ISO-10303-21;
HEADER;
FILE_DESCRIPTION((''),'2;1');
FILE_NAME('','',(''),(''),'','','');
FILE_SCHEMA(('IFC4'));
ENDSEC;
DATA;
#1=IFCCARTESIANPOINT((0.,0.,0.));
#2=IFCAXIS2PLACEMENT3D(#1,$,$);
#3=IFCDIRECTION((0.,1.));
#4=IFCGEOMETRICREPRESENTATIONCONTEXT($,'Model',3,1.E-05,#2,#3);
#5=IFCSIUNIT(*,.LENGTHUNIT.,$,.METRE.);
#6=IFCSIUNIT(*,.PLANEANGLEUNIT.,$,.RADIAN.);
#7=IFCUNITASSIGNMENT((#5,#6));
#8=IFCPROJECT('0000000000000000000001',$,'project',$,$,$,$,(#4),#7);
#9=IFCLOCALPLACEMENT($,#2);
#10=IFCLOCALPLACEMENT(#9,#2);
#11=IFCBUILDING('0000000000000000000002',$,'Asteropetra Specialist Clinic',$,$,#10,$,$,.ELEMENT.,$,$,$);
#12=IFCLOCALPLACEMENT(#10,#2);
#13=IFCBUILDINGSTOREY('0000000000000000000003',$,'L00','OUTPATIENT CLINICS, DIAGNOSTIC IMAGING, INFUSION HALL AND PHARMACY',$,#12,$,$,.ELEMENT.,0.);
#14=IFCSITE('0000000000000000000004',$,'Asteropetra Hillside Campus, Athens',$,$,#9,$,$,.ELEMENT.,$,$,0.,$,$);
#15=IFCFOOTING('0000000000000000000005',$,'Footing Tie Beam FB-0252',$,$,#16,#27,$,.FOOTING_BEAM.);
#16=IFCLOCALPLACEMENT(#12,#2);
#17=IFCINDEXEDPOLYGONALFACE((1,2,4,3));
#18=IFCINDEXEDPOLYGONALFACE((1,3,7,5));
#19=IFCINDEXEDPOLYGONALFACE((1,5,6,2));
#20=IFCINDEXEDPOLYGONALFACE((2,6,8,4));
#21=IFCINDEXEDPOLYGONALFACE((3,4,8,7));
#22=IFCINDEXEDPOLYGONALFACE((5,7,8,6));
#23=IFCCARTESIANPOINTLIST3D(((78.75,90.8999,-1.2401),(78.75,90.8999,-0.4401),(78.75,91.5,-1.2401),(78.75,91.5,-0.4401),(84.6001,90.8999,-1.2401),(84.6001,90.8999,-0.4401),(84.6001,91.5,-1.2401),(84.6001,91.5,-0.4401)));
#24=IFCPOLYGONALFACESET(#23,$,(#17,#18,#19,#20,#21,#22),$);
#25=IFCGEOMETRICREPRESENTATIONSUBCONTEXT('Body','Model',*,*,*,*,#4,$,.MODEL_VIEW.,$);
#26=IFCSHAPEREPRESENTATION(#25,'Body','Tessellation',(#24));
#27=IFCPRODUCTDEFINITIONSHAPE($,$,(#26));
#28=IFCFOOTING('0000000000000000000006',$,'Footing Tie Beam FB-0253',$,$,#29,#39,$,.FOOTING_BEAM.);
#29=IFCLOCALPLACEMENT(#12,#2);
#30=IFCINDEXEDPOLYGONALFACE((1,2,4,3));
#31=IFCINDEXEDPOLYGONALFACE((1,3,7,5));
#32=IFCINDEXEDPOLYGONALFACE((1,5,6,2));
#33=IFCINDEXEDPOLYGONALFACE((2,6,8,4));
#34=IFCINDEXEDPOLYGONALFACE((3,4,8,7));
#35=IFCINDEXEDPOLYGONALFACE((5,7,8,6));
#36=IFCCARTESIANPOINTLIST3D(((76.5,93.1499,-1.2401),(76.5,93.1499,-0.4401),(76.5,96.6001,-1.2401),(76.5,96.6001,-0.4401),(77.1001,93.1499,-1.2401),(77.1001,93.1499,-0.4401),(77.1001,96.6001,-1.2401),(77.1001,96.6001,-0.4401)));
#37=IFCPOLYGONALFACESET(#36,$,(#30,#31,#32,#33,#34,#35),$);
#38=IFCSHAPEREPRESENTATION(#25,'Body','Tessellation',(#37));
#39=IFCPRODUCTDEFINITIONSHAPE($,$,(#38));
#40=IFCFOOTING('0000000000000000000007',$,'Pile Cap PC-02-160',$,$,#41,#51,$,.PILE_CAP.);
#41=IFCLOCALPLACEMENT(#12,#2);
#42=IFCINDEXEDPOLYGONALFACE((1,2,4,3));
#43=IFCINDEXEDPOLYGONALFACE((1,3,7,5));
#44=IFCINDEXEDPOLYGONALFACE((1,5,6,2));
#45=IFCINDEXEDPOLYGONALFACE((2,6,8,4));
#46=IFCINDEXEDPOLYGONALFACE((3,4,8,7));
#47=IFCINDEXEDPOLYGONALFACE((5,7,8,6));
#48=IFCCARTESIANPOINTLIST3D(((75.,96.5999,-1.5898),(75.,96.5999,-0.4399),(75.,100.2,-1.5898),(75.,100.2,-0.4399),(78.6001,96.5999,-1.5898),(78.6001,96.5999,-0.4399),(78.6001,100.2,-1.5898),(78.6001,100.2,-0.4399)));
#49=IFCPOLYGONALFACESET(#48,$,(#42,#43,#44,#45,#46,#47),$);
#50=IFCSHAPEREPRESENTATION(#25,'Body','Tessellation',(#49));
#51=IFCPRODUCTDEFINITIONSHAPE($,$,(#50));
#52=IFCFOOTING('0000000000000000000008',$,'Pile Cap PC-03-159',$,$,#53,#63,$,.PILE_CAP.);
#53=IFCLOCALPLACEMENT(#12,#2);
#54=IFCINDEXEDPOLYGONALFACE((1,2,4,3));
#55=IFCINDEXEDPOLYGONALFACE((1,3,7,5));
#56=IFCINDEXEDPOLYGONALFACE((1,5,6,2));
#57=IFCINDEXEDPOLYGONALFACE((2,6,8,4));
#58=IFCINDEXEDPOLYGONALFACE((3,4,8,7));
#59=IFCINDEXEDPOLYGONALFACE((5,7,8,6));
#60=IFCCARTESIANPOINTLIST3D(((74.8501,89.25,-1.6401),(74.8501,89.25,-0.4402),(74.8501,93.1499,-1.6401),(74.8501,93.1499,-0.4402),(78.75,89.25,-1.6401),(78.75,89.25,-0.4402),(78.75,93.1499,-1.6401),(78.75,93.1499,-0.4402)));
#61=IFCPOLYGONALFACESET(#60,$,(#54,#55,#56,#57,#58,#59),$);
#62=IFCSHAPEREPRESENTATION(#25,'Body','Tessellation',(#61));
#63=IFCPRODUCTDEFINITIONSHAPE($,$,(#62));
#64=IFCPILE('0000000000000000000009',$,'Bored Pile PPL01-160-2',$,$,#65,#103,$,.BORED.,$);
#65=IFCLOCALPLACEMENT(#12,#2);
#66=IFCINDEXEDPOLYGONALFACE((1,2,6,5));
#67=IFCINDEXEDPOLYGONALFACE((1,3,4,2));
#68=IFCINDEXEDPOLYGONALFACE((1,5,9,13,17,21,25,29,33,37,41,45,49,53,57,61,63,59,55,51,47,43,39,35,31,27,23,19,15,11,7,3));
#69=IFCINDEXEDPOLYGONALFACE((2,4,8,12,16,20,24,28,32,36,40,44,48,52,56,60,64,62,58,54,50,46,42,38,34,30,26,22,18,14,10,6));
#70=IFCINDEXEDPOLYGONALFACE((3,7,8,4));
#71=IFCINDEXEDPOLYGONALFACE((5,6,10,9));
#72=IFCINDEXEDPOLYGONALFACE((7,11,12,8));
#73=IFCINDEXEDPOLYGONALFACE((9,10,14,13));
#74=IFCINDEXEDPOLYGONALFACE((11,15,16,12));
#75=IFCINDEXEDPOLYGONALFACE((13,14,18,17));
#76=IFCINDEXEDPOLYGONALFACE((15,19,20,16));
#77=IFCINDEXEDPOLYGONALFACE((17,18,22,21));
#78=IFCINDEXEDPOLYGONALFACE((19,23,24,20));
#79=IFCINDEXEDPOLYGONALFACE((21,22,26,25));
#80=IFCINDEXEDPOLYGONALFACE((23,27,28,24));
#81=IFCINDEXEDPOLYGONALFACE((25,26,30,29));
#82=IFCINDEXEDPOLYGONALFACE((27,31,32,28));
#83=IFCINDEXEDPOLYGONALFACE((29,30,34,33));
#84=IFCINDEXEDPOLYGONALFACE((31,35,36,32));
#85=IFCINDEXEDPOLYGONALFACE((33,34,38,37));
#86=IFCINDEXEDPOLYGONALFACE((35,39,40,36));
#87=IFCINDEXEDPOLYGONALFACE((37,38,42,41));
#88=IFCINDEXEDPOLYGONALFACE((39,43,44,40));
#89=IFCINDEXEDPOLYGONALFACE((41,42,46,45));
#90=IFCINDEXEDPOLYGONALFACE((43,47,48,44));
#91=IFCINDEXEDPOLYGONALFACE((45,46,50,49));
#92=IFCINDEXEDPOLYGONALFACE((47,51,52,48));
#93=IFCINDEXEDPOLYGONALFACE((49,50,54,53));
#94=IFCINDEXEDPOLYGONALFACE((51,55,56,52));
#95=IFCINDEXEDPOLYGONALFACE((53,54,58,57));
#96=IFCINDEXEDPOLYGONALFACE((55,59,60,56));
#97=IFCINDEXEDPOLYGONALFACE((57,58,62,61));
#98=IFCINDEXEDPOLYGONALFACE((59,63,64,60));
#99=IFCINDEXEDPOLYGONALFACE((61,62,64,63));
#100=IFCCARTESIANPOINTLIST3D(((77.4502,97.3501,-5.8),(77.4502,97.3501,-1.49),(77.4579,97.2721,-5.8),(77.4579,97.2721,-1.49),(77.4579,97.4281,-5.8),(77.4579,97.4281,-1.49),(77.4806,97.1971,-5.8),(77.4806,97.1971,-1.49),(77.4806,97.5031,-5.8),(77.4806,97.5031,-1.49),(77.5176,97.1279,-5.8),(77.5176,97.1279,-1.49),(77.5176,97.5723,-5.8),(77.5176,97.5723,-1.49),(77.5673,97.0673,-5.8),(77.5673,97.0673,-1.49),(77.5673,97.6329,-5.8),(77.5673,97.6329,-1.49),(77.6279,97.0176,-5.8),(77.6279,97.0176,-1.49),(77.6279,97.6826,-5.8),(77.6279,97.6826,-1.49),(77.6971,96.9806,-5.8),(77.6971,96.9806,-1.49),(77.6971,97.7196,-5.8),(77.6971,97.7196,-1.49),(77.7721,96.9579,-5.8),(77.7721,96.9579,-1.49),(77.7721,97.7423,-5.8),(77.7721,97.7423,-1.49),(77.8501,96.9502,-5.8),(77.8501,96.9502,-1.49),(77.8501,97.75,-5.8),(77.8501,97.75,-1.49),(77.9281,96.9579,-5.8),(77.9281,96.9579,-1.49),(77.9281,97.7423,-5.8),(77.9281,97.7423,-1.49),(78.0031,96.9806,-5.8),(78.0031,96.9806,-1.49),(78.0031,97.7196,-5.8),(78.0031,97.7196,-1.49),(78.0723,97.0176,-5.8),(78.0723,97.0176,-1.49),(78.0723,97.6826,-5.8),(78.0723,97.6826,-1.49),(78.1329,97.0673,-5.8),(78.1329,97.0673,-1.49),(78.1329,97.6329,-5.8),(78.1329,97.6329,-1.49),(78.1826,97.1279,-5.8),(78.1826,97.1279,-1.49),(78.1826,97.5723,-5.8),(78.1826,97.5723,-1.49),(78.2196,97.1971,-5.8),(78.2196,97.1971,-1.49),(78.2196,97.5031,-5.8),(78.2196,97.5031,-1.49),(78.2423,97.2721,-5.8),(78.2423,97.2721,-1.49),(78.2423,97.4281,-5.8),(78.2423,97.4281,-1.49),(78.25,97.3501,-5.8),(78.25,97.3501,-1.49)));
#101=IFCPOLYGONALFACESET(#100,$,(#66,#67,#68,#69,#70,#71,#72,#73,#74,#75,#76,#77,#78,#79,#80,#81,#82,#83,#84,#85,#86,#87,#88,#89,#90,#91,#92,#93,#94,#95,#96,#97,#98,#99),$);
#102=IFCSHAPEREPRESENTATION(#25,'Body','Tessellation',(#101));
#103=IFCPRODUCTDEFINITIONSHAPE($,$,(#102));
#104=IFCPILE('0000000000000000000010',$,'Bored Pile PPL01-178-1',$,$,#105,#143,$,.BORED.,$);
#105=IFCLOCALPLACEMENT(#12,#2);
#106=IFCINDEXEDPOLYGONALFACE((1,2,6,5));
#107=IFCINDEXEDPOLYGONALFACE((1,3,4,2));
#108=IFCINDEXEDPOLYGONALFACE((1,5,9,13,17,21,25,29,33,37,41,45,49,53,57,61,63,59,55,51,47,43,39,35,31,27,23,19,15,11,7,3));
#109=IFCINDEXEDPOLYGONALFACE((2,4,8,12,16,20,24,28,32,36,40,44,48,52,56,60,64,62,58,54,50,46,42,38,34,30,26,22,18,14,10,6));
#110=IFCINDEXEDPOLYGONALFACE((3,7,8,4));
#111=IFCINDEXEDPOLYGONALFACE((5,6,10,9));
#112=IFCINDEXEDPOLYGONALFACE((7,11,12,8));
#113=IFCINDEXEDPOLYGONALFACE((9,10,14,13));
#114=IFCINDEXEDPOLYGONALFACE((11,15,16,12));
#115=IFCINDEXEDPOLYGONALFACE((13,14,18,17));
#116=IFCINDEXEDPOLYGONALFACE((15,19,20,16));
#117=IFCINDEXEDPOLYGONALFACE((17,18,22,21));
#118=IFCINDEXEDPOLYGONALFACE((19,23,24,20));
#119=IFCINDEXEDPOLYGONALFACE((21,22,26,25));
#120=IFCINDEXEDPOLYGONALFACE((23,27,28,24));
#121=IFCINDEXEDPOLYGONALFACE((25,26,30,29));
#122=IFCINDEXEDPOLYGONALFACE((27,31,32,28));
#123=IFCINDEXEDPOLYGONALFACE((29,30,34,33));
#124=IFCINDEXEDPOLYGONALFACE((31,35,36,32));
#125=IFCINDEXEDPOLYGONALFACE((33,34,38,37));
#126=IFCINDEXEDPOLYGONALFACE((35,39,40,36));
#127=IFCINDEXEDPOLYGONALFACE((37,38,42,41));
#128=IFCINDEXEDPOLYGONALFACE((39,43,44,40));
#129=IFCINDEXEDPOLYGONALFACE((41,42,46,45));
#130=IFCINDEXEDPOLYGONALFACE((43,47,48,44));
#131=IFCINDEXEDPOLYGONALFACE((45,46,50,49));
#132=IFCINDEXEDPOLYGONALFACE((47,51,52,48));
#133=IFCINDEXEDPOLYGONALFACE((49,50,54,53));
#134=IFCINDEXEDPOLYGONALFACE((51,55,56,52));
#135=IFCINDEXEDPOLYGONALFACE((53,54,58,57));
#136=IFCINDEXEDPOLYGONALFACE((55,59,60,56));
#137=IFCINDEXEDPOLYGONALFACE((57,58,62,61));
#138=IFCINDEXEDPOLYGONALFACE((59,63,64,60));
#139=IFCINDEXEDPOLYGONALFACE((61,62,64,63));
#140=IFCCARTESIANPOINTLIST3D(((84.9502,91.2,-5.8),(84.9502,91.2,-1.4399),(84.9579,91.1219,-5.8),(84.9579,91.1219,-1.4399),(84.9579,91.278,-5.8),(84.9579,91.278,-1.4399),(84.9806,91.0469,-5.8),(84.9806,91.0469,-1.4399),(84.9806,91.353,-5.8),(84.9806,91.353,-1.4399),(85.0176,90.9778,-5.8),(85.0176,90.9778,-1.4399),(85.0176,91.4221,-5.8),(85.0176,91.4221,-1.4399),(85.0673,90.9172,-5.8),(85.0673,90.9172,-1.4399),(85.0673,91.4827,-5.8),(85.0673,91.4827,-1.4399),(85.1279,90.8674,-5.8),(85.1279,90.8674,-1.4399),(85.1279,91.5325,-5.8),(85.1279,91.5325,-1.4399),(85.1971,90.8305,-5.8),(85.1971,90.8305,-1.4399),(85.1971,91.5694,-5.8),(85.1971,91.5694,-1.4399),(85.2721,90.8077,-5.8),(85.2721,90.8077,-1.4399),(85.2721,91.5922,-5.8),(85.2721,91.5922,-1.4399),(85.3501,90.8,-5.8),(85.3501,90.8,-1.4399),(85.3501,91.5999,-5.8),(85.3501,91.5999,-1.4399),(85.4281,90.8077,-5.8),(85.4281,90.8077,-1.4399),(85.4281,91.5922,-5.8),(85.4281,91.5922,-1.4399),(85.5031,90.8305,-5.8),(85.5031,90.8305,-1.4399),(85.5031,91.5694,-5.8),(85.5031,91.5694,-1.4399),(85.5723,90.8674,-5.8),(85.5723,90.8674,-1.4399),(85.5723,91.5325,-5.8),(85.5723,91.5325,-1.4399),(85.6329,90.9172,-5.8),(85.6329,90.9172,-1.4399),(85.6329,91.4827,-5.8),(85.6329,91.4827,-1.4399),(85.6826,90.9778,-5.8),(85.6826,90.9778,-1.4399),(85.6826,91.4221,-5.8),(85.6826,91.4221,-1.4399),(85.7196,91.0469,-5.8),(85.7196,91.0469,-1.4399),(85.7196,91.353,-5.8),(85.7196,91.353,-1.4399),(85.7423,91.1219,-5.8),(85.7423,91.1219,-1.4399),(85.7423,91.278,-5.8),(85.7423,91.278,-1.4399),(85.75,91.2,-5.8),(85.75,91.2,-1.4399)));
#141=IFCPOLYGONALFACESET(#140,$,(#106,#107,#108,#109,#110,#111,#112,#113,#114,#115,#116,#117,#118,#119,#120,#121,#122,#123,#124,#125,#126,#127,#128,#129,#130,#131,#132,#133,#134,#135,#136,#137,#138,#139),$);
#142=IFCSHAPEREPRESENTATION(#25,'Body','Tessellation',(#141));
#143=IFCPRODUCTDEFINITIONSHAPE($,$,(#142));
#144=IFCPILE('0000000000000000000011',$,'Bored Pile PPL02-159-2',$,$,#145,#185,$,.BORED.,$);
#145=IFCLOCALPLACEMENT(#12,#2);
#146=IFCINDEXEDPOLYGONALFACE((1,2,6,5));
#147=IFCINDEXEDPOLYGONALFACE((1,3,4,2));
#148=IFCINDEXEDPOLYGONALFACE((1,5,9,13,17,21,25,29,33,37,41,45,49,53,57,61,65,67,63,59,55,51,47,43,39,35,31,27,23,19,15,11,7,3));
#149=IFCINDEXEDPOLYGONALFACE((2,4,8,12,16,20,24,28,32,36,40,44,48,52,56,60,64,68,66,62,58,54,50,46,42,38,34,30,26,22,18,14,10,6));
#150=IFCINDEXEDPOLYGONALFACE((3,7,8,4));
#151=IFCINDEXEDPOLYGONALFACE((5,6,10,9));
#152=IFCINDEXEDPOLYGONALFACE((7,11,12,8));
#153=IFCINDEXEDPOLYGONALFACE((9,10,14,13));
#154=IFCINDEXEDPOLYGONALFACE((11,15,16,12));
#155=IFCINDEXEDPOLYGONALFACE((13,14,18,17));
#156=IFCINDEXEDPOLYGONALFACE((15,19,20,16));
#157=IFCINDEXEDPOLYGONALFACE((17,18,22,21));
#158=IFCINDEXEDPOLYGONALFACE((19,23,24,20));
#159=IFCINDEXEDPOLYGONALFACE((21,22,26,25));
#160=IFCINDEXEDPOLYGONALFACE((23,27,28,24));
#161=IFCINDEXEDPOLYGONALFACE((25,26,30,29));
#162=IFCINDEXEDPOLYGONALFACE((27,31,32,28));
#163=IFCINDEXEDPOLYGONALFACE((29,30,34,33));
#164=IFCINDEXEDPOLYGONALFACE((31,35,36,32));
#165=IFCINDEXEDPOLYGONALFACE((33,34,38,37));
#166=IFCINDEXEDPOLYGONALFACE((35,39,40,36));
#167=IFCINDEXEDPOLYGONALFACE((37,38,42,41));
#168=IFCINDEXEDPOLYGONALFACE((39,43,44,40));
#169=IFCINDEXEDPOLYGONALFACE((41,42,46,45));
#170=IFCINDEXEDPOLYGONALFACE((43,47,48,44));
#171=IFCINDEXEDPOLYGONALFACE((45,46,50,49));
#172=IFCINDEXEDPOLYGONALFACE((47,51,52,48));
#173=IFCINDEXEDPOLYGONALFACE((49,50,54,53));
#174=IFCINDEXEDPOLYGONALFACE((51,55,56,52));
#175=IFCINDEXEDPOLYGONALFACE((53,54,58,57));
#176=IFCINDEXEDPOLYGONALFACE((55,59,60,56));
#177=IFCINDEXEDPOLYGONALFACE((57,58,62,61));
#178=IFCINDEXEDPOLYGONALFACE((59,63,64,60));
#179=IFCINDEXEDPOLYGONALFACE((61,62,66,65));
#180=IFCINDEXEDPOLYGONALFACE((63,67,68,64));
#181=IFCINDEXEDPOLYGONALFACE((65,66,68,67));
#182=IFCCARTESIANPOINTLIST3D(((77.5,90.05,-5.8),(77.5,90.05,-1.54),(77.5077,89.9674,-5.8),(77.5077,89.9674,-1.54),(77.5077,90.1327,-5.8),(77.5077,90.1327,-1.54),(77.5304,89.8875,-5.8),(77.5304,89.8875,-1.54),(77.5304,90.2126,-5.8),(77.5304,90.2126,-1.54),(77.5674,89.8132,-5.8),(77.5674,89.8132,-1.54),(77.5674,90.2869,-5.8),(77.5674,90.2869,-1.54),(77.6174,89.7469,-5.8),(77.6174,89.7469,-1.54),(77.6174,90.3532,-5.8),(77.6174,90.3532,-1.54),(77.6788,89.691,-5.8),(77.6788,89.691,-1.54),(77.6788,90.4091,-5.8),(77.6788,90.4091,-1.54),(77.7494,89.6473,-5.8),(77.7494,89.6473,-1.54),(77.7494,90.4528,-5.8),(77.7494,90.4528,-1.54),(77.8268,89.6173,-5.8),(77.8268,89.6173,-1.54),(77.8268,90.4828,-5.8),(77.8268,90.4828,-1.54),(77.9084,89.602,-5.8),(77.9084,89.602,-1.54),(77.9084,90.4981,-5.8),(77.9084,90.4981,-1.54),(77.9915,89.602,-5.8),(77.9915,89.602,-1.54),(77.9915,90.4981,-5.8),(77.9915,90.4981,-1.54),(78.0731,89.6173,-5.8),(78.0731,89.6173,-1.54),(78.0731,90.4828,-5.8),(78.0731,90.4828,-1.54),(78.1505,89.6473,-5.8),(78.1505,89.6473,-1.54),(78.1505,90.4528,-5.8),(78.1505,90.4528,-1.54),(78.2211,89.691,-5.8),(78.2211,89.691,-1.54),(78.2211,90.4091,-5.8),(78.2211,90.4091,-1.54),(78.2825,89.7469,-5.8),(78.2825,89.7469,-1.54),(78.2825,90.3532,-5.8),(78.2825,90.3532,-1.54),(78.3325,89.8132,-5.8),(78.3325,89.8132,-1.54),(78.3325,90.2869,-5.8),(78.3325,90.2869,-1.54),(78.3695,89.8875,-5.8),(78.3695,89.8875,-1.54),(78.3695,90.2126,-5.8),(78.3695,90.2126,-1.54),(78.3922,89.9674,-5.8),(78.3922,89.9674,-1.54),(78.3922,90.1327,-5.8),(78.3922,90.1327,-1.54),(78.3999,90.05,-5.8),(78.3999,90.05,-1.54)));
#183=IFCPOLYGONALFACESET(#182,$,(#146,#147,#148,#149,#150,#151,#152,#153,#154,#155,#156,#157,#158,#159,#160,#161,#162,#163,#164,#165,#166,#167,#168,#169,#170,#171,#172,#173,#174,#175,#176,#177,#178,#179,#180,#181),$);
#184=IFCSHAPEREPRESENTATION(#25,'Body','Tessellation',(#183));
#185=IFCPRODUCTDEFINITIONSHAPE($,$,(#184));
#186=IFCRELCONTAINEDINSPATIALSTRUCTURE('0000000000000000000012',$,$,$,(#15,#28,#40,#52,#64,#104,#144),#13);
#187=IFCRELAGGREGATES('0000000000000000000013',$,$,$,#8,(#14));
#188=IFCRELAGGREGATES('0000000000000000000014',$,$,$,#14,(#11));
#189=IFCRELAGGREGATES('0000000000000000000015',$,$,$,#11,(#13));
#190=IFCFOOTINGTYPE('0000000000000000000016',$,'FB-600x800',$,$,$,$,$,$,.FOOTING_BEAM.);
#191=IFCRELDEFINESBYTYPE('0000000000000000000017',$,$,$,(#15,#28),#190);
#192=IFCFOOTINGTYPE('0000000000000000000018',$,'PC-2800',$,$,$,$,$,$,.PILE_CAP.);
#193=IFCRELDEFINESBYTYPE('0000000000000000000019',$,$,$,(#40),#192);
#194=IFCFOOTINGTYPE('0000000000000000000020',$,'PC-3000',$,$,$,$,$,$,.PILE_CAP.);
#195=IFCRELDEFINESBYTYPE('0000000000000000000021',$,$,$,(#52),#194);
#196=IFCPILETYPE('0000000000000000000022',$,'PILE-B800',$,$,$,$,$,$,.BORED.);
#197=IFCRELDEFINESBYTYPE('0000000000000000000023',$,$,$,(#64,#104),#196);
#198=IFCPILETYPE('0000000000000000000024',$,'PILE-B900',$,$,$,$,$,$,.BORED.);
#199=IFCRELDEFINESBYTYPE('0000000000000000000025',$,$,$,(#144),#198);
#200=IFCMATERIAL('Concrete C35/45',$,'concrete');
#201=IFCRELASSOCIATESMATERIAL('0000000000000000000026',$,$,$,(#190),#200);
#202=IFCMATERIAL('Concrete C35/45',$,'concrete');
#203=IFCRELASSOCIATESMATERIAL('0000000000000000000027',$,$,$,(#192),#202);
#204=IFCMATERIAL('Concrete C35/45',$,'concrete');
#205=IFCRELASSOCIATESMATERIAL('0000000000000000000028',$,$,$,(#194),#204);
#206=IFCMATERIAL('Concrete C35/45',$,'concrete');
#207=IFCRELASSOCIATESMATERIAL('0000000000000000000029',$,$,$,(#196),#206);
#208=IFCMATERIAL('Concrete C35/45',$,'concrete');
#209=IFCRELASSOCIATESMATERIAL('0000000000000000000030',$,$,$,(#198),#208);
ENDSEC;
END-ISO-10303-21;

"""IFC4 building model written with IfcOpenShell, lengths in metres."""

from ifc_helpers import new_model, si_unit, direction, frame, origin, origin_2d, place, context, subcontext, project, spatial, rectangle, circle, extrude, material, material_profile, profile_set, type_object, element, save


model = new_model("IFC4")

# Units and contexts
model_context = context("Model", 3, precision=1e-05, world=origin(), true_north=direction((0.0, 1.0)))
body_context = subcontext(model_context, "Body", "Model", "MODEL_VIEW")
ifc_project = project(units=[si_unit("LENGTHUNIT", "METRE"), si_unit("PLANEANGLEUNIT", "RADIAN")], contexts=[model_context])

# Site, building, storey
site_placement = place(None, origin())
site = spatial("IfcSite", under=ifc_project, at=site_placement, Name="Asteropetra Hillside Campus, Athens", CompositionType="ELEMENT", RefElevation=0.0)
building_placement = place(site_placement, origin())
building = spatial("IfcBuilding", under=site, at=building_placement, Name="Asteropetra Specialist Clinic", CompositionType="ELEMENT")
storey_placement = place(building_placement, origin())
storey = spatial("IfcBuildingStorey", under=building, at=storey_placement, Name="L00", Description="OUTPATIENT CLINICS, DIAGNOSTIC IMAGING, INFUSION HALL AND PHARMACY", CompositionType="ELEMENT", Elevation=0.0)

# Footings
ifc_material_1 = material(Name="Concrete C35/45", Category="concrete")
ifc_material_profile_1 = material_profile(ifc_material_1, rectangle(XDim=0.6001, YDim=0.8, at=origin_2d()), Name="FB 600x800")
ifc_profile_set_1 = profile_set([ifc_material_profile_1], Name="Concrete C35/45")
footing_type_1 = type_object("IfcFootingType", Name="FB-600x800", PredefinedType="FOOTING_BEAM", material=ifc_profile_set_1)
footing_1_placement = place(storey_placement, frame((78.75, 91.2, -0.8401), z_axis=(1.0, 0.0, 0.0), x_axis=(0.0, 1.0, 0.0)))
element("IfcFooting", 1, at=footing_1_placement, inside=storey, type_object=footing_type_1, Name="Footing Tie Beam FB-0252", PredefinedType="FOOTING_BEAM", context=body_context, shape_type="SweptSolid", body=[
    extrude(rectangle(XDim=0.6001, YDim=0.8, at=origin_2d()), origin(), (0.0, 0.0, 1.0), 5.8501),
])
footing_2_placement = place(storey_placement, frame((76.8, 93.1499, -0.8401), z_axis=(0.0, 1.0, 0.0), x_axis=(-1.0, 0.0, 0.0)))
element("IfcFooting", 2, at=footing_2_placement, inside=storey, type_object=footing_type_1, Name="Footing Tie Beam FB-0253", PredefinedType="FOOTING_BEAM", context=body_context, shape_type="SweptSolid", body=[
    extrude(rectangle(XDim=0.6001, YDim=0.8, at=origin_2d()), origin(), (0.0, 0.0, 1.0), 3.4502),
])
ifc_material_2 = material(Name="Concrete C35/45", Category="concrete")
footing_type_2 = type_object("IfcFootingType", Name="PC-2800", PredefinedType="PILE_CAP", material=ifc_material_2)
footing_3_placement = place(storey_placement, frame((76.8, 98.3999, -1.5898), z_axis=(0.0, 0.0, 1.0), x_axis=(1.0, 0.0, 0.0)))
element("IfcFooting", 3, at=footing_3_placement, inside=storey, type_object=footing_type_2, Name="Pile Cap PC-02-160", PredefinedType="PILE_CAP", context=body_context, shape_type="SweptSolid", body=[
    extrude(rectangle(XDim=3.6001, YDim=3.6001, at=origin_2d()), origin(), (0.0, 0.0, 1.0), 1.1499),
])
ifc_material_3 = material(Name="Concrete C35/45", Category="concrete")
footing_type_3 = type_object("IfcFootingType", Name="PC-3000", PredefinedType="PILE_CAP", material=ifc_material_3)
footing_4_placement = place(storey_placement, frame((76.8, 91.2, -1.6401), z_axis=(0.0, 0.0, 1.0), x_axis=(1.0, 0.0, 0.0)))
element("IfcFooting", 4, at=footing_4_placement, inside=storey, type_object=footing_type_3, Name="Pile Cap PC-03-159", PredefinedType="PILE_CAP", context=body_context, shape_type="SweptSolid", body=[
    extrude(rectangle(XDim=3.8999, YDim=3.8999, at=origin_2d()), origin(), (0.0, 0.0, 1.0), 1.2),
])

# Piles
ifc_material_4 = material(Name="Concrete C35/45", Category="concrete")
ifc_material_profile_2 = material_profile(ifc_material_4, circle(Radius=0.3999, at=origin_2d()), Name="PILE D800")
ifc_profile_set_2 = profile_set([ifc_material_profile_2], Name="Concrete C35/45")
pile_type_1 = type_object("IfcPileType", Name="PILE-B800", PredefinedType="BORED", material=ifc_profile_set_2)
pile_1_placement = place(storey_placement, frame((77.8501, 97.3501, -1.49), z_axis=(0.0, 0.0, -1.0), x_axis=(1.0, 0.0, 0.0)))
element("IfcPile", 5, at=pile_1_placement, inside=storey, type_object=pile_type_1, Name="Bored Pile PPL01-160-2", PredefinedType="BORED", context=body_context, shape_type="SweptSolid", body=[
    extrude(circle(Radius=0.3999, at=origin_2d()), origin(), (0.0, 0.0, 1.0), 4.3101),
])
pile_2_placement = place(storey_placement, frame((85.3501, 91.2, -1.4399), z_axis=(0.0, 0.0, -1.0), x_axis=(1.0, 0.0, 0.0)))
element("IfcPile", 6, at=pile_2_placement, inside=storey, type_object=pile_type_1, Name="Bored Pile PPL01-178-1", PredefinedType="BORED", context=body_context, shape_type="SweptSolid", body=[
    extrude(circle(Radius=0.3999, at=origin_2d()), origin(), (0.0, 0.0, 1.0), 4.3601),
])
ifc_material_5 = material(Name="Concrete C35/45", Category="concrete")
ifc_material_profile_3 = material_profile(ifc_material_5, circle(Radius=0.45, at=origin_2d()), Name="PILE D900")
ifc_profile_set_3 = profile_set([ifc_material_profile_3], Name="Concrete C35/45")
pile_type_2 = type_object("IfcPileType", Name="PILE-B900", PredefinedType="BORED", material=ifc_profile_set_3)
for number, where, z_axis, x_axis, name in (
    (7, (77.95, 90.05, -1.54), (0.0, 0.0, -1.0), (1.0, 0.0, 0.0), "Bored Pile PPL02-159-2"),
):
    element("IfcPile", number, at=place(storey_placement, frame(where, z_axis=z_axis, x_axis=x_axis)), inside=storey, type_object=pile_type_2, Name=name, PredefinedType="BORED", context=body_context, shape_type="SweptSolid", body=[
        extrude(circle(Radius=0.45, at=origin_2d()), origin(), (0.0, 0.0, 1.0), 4.26),
    ])

save(model, "model.ifc")
